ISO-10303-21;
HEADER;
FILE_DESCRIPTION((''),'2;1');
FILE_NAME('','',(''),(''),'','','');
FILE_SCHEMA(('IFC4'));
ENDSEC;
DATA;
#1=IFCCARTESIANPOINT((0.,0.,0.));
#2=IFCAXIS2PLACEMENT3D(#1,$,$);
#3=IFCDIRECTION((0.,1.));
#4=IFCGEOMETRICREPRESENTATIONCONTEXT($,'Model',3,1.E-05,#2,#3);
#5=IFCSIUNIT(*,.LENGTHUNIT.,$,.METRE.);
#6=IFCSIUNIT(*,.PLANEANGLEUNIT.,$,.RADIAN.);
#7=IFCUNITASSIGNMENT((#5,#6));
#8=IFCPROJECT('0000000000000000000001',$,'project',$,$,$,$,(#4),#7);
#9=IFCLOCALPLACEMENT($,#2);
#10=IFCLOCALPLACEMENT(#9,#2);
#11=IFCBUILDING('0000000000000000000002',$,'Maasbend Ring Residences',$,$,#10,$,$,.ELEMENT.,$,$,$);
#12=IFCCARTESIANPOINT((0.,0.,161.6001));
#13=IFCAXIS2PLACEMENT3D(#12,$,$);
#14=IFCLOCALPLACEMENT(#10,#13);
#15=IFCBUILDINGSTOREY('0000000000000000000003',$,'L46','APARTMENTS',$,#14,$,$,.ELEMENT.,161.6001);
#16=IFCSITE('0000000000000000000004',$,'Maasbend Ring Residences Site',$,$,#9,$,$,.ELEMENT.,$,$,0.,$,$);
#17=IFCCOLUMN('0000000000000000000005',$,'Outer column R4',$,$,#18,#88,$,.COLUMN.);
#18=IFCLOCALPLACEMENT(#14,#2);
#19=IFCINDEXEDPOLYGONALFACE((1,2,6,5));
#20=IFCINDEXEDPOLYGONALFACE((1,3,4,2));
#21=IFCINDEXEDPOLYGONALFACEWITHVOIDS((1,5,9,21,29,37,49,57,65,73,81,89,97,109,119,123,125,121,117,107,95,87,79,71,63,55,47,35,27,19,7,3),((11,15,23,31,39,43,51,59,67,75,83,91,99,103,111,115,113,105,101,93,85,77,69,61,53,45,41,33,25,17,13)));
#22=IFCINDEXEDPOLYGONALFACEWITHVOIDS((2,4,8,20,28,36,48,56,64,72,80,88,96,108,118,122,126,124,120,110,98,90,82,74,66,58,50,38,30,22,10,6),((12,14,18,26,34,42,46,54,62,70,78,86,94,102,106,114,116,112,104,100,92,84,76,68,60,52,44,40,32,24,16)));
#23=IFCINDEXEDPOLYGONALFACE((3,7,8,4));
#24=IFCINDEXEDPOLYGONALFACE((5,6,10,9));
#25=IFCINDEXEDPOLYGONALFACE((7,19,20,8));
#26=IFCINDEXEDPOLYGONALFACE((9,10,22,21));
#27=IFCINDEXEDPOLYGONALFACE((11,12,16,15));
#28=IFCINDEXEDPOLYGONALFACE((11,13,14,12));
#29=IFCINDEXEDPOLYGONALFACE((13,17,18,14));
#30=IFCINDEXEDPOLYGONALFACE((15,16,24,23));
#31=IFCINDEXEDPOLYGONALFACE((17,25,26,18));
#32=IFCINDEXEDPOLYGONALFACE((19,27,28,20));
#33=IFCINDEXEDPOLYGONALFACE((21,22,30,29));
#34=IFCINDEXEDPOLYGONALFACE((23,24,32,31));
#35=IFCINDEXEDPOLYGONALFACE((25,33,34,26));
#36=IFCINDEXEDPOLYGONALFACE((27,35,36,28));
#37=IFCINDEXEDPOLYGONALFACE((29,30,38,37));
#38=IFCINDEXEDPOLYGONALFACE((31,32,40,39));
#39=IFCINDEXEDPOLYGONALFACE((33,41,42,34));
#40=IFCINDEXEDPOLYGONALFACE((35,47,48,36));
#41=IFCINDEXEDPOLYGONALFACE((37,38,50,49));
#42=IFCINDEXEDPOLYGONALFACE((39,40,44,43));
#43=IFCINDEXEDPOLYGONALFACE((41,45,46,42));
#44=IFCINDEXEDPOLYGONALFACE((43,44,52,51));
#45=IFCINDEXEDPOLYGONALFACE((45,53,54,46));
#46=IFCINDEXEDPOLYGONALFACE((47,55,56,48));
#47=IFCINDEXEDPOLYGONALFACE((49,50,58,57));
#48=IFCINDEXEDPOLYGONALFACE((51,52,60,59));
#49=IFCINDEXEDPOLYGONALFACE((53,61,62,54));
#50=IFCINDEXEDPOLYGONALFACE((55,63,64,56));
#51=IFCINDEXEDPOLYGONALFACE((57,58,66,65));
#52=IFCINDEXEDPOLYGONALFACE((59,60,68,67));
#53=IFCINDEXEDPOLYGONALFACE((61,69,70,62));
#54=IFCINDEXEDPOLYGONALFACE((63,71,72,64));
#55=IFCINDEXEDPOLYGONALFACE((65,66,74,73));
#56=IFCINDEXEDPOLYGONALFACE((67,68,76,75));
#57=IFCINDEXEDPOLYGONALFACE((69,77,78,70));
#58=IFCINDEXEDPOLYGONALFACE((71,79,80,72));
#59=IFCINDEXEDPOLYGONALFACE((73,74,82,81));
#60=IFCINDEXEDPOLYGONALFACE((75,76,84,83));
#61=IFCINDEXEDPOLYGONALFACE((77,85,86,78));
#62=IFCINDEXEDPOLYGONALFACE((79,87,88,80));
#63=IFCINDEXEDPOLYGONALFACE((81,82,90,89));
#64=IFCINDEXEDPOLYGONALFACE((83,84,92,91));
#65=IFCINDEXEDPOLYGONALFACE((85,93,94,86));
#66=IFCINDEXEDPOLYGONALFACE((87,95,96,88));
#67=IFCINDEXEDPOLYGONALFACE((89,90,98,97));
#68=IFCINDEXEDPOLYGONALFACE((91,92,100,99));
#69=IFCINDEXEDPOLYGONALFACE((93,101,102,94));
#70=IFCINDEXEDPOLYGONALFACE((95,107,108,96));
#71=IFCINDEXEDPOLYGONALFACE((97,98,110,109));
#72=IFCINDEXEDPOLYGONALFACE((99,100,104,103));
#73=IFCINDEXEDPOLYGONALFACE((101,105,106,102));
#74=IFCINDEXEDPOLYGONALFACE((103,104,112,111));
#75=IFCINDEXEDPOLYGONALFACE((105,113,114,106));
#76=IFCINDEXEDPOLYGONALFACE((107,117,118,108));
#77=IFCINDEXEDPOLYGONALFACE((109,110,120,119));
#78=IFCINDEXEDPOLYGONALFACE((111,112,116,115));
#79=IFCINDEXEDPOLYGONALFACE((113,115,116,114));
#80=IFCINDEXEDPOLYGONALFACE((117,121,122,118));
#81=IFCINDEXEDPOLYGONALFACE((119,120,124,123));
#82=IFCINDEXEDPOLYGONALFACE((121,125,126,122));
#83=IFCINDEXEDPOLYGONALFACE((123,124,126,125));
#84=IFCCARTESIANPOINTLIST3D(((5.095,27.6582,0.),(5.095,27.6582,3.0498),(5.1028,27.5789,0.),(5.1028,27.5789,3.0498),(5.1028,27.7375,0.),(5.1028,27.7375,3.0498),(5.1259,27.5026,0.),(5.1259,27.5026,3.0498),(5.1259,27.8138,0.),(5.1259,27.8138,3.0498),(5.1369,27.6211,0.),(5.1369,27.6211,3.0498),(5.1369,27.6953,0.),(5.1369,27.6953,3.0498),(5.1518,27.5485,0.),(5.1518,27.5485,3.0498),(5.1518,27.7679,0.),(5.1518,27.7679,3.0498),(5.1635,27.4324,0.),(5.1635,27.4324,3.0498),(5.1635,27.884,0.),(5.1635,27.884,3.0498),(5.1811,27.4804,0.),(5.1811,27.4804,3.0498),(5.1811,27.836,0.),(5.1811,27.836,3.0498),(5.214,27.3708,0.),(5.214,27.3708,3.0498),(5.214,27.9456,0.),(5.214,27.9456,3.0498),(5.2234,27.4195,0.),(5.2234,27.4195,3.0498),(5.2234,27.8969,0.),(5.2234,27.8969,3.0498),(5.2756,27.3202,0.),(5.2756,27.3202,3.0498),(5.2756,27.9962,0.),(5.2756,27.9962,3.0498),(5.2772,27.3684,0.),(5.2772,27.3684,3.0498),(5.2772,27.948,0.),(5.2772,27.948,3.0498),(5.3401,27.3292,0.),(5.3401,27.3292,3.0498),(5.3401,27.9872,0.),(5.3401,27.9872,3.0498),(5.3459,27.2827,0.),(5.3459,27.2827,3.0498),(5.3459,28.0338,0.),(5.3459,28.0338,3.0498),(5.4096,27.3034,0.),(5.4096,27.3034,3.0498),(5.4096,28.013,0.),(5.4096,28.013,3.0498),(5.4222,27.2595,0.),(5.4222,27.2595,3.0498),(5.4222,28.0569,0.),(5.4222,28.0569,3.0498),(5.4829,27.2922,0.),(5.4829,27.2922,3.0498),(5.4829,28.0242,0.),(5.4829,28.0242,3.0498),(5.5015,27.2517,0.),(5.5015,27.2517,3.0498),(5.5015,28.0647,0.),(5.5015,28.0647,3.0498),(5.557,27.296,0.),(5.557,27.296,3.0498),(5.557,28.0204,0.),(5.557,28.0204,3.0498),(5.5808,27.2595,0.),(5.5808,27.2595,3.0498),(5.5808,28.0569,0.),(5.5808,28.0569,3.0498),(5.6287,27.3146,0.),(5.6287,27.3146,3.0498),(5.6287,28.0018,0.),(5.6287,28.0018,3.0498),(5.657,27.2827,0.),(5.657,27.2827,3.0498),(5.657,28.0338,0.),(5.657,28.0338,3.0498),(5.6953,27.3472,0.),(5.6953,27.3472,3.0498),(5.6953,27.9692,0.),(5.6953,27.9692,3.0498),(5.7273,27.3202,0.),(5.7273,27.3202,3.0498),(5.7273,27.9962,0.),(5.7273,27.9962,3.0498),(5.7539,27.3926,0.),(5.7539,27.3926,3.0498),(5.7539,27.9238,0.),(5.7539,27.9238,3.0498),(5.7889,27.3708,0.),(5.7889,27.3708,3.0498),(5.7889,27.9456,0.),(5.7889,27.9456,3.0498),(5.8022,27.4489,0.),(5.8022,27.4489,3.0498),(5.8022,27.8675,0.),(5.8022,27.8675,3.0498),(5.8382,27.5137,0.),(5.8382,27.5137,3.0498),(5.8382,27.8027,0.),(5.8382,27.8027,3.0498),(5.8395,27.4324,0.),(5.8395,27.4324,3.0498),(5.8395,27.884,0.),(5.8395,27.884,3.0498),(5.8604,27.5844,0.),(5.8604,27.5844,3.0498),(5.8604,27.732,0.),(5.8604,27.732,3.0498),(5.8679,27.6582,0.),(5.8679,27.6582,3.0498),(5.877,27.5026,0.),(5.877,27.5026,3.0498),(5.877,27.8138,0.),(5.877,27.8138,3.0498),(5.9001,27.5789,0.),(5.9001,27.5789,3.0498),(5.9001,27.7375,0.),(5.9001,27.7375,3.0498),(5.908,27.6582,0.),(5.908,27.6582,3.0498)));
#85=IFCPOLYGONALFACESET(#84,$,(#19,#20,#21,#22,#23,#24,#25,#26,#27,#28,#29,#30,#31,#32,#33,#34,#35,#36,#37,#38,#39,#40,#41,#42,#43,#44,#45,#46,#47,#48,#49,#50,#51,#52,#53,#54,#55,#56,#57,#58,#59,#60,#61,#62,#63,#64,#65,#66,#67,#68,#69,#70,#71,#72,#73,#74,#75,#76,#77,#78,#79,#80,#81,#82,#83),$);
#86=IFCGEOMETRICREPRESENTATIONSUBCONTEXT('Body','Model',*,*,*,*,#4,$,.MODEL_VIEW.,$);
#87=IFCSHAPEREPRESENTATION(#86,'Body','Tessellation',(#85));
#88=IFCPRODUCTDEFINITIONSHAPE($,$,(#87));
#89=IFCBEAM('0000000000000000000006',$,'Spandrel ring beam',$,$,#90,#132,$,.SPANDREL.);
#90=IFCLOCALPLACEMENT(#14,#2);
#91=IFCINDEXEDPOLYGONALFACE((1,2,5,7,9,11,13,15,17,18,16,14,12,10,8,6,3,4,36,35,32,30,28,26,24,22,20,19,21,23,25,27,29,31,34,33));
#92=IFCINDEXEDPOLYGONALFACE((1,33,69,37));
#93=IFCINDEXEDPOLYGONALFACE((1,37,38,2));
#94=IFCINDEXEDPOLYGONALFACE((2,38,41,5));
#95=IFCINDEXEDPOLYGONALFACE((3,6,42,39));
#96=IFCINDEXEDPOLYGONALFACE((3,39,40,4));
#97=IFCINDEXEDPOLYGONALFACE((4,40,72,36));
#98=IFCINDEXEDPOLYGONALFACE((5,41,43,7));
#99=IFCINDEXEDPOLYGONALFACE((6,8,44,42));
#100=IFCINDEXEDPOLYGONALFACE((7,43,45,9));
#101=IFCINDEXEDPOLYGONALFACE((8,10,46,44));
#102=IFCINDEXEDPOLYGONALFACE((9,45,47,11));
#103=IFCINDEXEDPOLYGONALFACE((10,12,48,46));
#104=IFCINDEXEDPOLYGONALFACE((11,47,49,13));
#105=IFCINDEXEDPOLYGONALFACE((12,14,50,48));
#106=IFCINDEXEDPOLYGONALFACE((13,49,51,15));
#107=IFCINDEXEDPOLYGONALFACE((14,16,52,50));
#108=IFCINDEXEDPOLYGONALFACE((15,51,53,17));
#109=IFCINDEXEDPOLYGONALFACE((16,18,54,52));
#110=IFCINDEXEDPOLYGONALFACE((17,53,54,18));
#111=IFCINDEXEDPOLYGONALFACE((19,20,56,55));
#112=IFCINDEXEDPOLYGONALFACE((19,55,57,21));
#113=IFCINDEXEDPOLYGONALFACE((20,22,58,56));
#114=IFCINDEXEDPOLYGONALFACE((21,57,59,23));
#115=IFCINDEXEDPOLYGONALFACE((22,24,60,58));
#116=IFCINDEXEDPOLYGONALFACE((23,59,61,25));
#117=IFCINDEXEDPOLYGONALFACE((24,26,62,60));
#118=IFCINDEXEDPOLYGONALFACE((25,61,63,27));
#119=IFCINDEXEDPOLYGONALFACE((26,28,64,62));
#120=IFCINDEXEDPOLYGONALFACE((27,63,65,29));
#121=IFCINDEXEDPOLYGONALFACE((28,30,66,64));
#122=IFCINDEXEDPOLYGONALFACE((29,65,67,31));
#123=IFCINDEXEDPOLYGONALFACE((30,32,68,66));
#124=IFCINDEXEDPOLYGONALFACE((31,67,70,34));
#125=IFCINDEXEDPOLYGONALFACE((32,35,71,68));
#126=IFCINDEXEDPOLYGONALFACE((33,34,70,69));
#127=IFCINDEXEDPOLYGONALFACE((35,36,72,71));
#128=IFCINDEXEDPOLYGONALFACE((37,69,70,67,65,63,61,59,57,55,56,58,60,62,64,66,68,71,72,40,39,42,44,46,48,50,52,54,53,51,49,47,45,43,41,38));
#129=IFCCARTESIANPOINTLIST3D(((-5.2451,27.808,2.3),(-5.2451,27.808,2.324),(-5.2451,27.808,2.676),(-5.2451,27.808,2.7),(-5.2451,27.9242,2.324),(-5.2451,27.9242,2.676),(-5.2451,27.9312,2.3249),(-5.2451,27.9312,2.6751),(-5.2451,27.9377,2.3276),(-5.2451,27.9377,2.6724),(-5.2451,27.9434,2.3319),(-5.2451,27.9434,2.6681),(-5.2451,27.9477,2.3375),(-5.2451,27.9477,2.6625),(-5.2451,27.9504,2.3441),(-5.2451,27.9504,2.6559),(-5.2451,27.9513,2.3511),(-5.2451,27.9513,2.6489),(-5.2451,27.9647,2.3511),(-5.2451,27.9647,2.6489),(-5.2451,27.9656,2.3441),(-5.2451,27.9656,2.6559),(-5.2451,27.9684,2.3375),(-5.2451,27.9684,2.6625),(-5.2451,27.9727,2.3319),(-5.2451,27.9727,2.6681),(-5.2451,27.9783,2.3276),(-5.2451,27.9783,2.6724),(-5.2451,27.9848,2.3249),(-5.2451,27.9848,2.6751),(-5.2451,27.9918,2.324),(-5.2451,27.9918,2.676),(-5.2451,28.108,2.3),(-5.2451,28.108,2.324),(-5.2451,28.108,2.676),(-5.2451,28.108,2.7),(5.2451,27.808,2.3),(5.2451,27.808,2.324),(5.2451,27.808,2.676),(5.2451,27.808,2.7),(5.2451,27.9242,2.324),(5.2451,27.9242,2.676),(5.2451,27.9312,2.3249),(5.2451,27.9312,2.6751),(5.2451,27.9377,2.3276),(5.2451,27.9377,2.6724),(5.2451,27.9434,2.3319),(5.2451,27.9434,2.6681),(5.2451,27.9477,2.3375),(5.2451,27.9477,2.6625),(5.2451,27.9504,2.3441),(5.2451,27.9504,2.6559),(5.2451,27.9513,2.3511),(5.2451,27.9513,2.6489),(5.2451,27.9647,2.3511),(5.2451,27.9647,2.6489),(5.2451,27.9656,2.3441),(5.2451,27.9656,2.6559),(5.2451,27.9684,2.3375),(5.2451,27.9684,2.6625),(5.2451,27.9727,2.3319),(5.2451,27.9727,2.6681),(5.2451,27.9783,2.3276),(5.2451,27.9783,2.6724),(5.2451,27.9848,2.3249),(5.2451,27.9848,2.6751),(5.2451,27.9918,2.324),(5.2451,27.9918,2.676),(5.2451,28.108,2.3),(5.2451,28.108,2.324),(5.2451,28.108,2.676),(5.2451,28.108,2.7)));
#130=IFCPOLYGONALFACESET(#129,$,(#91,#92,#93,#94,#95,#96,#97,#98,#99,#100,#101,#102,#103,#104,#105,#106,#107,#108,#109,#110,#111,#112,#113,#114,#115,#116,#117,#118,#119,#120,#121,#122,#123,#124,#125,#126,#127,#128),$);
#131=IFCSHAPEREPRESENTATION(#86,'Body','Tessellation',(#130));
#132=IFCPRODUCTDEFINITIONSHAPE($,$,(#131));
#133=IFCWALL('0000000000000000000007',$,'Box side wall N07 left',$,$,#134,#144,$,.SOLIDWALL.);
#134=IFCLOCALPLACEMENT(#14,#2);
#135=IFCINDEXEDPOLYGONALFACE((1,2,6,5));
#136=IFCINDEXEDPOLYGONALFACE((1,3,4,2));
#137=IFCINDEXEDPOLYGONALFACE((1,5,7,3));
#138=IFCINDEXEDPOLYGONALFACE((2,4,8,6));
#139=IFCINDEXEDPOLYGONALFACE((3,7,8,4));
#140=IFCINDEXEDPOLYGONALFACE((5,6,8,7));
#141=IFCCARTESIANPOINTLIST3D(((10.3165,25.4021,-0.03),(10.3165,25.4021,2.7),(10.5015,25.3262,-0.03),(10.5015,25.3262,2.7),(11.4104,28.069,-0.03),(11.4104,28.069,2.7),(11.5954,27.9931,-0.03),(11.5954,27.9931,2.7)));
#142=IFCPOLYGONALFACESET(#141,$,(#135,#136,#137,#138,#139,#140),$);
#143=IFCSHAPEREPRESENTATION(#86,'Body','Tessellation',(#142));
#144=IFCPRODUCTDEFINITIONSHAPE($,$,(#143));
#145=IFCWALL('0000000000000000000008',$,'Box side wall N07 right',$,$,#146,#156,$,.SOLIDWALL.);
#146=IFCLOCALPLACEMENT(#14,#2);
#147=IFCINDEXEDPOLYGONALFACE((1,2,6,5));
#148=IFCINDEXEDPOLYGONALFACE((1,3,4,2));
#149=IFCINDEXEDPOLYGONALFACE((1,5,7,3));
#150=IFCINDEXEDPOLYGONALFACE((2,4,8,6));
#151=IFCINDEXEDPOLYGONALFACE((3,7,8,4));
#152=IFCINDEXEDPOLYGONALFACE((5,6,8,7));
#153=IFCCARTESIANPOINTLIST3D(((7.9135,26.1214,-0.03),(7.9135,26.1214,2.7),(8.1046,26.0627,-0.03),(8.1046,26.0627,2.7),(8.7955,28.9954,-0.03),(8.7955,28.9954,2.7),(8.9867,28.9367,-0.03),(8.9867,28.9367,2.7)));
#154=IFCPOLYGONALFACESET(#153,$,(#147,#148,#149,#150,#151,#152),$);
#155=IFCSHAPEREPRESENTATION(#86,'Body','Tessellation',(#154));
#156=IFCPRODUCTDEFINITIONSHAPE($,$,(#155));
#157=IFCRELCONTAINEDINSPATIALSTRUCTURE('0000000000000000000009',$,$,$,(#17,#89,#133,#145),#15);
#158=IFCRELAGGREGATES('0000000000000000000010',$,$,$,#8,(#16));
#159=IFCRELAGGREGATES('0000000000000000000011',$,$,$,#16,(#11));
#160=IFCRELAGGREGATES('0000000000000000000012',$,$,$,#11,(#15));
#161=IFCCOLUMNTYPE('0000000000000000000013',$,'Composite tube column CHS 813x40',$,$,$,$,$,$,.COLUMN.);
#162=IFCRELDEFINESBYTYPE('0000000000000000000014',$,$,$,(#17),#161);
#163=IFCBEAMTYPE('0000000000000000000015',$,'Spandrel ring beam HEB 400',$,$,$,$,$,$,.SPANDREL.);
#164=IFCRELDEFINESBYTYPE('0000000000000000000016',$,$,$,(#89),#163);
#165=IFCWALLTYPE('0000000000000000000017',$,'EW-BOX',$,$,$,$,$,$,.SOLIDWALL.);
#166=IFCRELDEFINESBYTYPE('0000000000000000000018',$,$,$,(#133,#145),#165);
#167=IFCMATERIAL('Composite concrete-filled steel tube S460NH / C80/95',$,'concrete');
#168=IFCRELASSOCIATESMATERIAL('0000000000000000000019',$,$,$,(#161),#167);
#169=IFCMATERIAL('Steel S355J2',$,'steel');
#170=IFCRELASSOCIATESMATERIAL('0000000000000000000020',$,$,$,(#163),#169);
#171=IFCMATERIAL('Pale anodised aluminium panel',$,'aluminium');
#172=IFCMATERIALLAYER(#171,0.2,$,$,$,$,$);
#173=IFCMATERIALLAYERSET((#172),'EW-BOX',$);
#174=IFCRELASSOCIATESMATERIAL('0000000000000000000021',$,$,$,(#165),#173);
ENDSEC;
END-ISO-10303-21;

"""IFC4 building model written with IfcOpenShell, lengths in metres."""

from ifc_helpers import new_model, si_unit, direction, frame, frame_2d, origin, origin_2d, place, context, subcontext, project, spatial, rectangle, hollow_circle, i_section, extrude, material, layer, layer_set, material_profile, profile_set, type_object, element, save


model = new_model("IFC4")

# Units and contexts
model_context = context("Model", 3, precision=1e-05, world=origin(), true_north=direction((0.0, 1.0)))
body_context = subcontext(model_context, "Body", "Model", "MODEL_VIEW")
ifc_project = project(units=[si_unit("LENGTHUNIT", "METRE"), si_unit("PLANEANGLEUNIT", "RADIAN")], contexts=[model_context])

# Site, building, storey
site_placement = place(None, origin())
site = spatial("IfcSite", under=ifc_project, at=site_placement, Name="Maasbend Ring Residences Site", CompositionType="ELEMENT", RefElevation=0.0)
building_placement = place(site_placement, origin())
building = spatial("IfcBuilding", under=site, at=building_placement, Name="Maasbend Ring Residences", CompositionType="ELEMENT")
storey_placement = place(building_placement, frame((0.0, 0.0, 161.6001)))
storey = spatial("IfcBuildingStorey", under=building, at=storey_placement, Name="L46", Description="APARTMENTS", CompositionType="ELEMENT", Elevation=161.6001)

# Column
ifc_material_1 = material(Name="Composite concrete-filled steel tube S460NH / C80/95", Category="concrete")
ifc_material_profile_1 = material_profile(ifc_material_1, hollow_circle(Radius=0.4065, WallThickness=0.04, at=origin_2d()), Name="Composite tube column CHS 813x40")
ifc_profile_set_1 = profile_set([ifc_material_profile_1], Name="Composite concrete-filled steel tube S460NH / C80/95")
column_type = type_object("IfcColumnType", Name="Composite tube column CHS 813x40", PredefinedType="COLUMN", material=ifc_profile_set_1)
column_placement = place(storey_placement, frame((5.5015, 27.6582, 0.0), z_axis=(0.0, 0.0, 1.0), x_axis=(1.0, 0.0, 0.0)))
element("IfcColumn", 1, at=column_placement, inside=storey, type_object=column_type, Name="Outer column R4", PredefinedType="COLUMN", context=body_context, shape_type="SweptSolid", body=[
    extrude(hollow_circle(Radius=0.4065, WallThickness=0.04, at=origin_2d()), origin(), (0.0, 0.0, 1.0), 3.0498),
])

# Beam
ifc_material_2 = material(Name="Steel S355J2", Category="steel")
ifc_material_profile_2 = material_profile(ifc_material_2, i_section(OverallWidth=0.3, OverallDepth=0.3999, WebThickness=0.0134, FlangeThickness=0.0239, FilletRadius=0.0271, at=origin_2d()), Name="HEB 400")
ifc_profile_set_2 = profile_set([ifc_material_profile_2], Name="Steel S355J2")
beam_type = type_object("IfcBeamType", Name="Spandrel ring beam HEB 400", PredefinedType="SPANDREL", material=ifc_profile_set_2)
beam_placement = place(storey_placement, frame((5.2451, 27.958, 2.5), z_axis=(-1.0, 0.0, 0.0), x_axis=(0.0, -1.0, 0.0)))
element("IfcBeam", 2, at=beam_placement, inside=storey, type_object=beam_type, Name="Spandrel ring beam", PredefinedType="SPANDREL", context=body_context, shape_type="SweptSolid", body=[
    extrude(i_section(OverallWidth=0.3, OverallDepth=0.3999, WebThickness=0.0134, FlangeThickness=0.0239, FilletRadius=0.0271, at=origin_2d()), origin(), (0.0, 0.0, 1.0), 10.4902),
])

# Walls
ifc_material_3 = material(Name="Pale anodised aluminium panel", Category="aluminium")
ifc_layer_1 = layer(ifc_material_3, 0.2)
ifc_layer_set_1 = layer_set([ifc_layer_1], Name="EW-BOX")
wall_type_1 = type_object("IfcWallType", Name="EW-BOX", PredefinedType="SOLIDWALL", material=ifc_layer_set_1)
wall_1_placement = place(storey_placement, frame((10.4089, 25.364, -0.03), z_axis=(0.0, 0.0, 1.0), x_axis=(0.37951, 0.925188, 0.0)))
element("IfcWall", 3, at=wall_1_placement, inside=storey, type_object=wall_type_1, Name="Box side wall N07 left", PredefinedType="SOLIDWALL", context=body_context, shape_type="SweptSolid", body=[
    extrude(rectangle(XDim=2.8826, YDim=0.2, at=frame_2d((1.4414, 0.0))), origin(), (0.0, 0.0, 1.0), 2.73),
])
wall_2_placement = place(storey_placement, frame((8.009, 26.092, -0.03), z_axis=(0.0, 0.0, 1.0), x_axis=(0.293407, 0.955988, 0.0)))
element("IfcWall", 4, at=wall_2_placement, inside=storey, type_object=wall_type_1, Name="Box side wall N07 right", PredefinedType="SOLIDWALL", context=body_context, shape_type="SweptSolid", body=[
    extrude(rectangle(XDim=3.0063, YDim=0.2, at=frame_2d((1.5032, 0.0))), origin(), (0.0, 0.0, 1.0), 2.73),
])

save(model, "model.ifc")
